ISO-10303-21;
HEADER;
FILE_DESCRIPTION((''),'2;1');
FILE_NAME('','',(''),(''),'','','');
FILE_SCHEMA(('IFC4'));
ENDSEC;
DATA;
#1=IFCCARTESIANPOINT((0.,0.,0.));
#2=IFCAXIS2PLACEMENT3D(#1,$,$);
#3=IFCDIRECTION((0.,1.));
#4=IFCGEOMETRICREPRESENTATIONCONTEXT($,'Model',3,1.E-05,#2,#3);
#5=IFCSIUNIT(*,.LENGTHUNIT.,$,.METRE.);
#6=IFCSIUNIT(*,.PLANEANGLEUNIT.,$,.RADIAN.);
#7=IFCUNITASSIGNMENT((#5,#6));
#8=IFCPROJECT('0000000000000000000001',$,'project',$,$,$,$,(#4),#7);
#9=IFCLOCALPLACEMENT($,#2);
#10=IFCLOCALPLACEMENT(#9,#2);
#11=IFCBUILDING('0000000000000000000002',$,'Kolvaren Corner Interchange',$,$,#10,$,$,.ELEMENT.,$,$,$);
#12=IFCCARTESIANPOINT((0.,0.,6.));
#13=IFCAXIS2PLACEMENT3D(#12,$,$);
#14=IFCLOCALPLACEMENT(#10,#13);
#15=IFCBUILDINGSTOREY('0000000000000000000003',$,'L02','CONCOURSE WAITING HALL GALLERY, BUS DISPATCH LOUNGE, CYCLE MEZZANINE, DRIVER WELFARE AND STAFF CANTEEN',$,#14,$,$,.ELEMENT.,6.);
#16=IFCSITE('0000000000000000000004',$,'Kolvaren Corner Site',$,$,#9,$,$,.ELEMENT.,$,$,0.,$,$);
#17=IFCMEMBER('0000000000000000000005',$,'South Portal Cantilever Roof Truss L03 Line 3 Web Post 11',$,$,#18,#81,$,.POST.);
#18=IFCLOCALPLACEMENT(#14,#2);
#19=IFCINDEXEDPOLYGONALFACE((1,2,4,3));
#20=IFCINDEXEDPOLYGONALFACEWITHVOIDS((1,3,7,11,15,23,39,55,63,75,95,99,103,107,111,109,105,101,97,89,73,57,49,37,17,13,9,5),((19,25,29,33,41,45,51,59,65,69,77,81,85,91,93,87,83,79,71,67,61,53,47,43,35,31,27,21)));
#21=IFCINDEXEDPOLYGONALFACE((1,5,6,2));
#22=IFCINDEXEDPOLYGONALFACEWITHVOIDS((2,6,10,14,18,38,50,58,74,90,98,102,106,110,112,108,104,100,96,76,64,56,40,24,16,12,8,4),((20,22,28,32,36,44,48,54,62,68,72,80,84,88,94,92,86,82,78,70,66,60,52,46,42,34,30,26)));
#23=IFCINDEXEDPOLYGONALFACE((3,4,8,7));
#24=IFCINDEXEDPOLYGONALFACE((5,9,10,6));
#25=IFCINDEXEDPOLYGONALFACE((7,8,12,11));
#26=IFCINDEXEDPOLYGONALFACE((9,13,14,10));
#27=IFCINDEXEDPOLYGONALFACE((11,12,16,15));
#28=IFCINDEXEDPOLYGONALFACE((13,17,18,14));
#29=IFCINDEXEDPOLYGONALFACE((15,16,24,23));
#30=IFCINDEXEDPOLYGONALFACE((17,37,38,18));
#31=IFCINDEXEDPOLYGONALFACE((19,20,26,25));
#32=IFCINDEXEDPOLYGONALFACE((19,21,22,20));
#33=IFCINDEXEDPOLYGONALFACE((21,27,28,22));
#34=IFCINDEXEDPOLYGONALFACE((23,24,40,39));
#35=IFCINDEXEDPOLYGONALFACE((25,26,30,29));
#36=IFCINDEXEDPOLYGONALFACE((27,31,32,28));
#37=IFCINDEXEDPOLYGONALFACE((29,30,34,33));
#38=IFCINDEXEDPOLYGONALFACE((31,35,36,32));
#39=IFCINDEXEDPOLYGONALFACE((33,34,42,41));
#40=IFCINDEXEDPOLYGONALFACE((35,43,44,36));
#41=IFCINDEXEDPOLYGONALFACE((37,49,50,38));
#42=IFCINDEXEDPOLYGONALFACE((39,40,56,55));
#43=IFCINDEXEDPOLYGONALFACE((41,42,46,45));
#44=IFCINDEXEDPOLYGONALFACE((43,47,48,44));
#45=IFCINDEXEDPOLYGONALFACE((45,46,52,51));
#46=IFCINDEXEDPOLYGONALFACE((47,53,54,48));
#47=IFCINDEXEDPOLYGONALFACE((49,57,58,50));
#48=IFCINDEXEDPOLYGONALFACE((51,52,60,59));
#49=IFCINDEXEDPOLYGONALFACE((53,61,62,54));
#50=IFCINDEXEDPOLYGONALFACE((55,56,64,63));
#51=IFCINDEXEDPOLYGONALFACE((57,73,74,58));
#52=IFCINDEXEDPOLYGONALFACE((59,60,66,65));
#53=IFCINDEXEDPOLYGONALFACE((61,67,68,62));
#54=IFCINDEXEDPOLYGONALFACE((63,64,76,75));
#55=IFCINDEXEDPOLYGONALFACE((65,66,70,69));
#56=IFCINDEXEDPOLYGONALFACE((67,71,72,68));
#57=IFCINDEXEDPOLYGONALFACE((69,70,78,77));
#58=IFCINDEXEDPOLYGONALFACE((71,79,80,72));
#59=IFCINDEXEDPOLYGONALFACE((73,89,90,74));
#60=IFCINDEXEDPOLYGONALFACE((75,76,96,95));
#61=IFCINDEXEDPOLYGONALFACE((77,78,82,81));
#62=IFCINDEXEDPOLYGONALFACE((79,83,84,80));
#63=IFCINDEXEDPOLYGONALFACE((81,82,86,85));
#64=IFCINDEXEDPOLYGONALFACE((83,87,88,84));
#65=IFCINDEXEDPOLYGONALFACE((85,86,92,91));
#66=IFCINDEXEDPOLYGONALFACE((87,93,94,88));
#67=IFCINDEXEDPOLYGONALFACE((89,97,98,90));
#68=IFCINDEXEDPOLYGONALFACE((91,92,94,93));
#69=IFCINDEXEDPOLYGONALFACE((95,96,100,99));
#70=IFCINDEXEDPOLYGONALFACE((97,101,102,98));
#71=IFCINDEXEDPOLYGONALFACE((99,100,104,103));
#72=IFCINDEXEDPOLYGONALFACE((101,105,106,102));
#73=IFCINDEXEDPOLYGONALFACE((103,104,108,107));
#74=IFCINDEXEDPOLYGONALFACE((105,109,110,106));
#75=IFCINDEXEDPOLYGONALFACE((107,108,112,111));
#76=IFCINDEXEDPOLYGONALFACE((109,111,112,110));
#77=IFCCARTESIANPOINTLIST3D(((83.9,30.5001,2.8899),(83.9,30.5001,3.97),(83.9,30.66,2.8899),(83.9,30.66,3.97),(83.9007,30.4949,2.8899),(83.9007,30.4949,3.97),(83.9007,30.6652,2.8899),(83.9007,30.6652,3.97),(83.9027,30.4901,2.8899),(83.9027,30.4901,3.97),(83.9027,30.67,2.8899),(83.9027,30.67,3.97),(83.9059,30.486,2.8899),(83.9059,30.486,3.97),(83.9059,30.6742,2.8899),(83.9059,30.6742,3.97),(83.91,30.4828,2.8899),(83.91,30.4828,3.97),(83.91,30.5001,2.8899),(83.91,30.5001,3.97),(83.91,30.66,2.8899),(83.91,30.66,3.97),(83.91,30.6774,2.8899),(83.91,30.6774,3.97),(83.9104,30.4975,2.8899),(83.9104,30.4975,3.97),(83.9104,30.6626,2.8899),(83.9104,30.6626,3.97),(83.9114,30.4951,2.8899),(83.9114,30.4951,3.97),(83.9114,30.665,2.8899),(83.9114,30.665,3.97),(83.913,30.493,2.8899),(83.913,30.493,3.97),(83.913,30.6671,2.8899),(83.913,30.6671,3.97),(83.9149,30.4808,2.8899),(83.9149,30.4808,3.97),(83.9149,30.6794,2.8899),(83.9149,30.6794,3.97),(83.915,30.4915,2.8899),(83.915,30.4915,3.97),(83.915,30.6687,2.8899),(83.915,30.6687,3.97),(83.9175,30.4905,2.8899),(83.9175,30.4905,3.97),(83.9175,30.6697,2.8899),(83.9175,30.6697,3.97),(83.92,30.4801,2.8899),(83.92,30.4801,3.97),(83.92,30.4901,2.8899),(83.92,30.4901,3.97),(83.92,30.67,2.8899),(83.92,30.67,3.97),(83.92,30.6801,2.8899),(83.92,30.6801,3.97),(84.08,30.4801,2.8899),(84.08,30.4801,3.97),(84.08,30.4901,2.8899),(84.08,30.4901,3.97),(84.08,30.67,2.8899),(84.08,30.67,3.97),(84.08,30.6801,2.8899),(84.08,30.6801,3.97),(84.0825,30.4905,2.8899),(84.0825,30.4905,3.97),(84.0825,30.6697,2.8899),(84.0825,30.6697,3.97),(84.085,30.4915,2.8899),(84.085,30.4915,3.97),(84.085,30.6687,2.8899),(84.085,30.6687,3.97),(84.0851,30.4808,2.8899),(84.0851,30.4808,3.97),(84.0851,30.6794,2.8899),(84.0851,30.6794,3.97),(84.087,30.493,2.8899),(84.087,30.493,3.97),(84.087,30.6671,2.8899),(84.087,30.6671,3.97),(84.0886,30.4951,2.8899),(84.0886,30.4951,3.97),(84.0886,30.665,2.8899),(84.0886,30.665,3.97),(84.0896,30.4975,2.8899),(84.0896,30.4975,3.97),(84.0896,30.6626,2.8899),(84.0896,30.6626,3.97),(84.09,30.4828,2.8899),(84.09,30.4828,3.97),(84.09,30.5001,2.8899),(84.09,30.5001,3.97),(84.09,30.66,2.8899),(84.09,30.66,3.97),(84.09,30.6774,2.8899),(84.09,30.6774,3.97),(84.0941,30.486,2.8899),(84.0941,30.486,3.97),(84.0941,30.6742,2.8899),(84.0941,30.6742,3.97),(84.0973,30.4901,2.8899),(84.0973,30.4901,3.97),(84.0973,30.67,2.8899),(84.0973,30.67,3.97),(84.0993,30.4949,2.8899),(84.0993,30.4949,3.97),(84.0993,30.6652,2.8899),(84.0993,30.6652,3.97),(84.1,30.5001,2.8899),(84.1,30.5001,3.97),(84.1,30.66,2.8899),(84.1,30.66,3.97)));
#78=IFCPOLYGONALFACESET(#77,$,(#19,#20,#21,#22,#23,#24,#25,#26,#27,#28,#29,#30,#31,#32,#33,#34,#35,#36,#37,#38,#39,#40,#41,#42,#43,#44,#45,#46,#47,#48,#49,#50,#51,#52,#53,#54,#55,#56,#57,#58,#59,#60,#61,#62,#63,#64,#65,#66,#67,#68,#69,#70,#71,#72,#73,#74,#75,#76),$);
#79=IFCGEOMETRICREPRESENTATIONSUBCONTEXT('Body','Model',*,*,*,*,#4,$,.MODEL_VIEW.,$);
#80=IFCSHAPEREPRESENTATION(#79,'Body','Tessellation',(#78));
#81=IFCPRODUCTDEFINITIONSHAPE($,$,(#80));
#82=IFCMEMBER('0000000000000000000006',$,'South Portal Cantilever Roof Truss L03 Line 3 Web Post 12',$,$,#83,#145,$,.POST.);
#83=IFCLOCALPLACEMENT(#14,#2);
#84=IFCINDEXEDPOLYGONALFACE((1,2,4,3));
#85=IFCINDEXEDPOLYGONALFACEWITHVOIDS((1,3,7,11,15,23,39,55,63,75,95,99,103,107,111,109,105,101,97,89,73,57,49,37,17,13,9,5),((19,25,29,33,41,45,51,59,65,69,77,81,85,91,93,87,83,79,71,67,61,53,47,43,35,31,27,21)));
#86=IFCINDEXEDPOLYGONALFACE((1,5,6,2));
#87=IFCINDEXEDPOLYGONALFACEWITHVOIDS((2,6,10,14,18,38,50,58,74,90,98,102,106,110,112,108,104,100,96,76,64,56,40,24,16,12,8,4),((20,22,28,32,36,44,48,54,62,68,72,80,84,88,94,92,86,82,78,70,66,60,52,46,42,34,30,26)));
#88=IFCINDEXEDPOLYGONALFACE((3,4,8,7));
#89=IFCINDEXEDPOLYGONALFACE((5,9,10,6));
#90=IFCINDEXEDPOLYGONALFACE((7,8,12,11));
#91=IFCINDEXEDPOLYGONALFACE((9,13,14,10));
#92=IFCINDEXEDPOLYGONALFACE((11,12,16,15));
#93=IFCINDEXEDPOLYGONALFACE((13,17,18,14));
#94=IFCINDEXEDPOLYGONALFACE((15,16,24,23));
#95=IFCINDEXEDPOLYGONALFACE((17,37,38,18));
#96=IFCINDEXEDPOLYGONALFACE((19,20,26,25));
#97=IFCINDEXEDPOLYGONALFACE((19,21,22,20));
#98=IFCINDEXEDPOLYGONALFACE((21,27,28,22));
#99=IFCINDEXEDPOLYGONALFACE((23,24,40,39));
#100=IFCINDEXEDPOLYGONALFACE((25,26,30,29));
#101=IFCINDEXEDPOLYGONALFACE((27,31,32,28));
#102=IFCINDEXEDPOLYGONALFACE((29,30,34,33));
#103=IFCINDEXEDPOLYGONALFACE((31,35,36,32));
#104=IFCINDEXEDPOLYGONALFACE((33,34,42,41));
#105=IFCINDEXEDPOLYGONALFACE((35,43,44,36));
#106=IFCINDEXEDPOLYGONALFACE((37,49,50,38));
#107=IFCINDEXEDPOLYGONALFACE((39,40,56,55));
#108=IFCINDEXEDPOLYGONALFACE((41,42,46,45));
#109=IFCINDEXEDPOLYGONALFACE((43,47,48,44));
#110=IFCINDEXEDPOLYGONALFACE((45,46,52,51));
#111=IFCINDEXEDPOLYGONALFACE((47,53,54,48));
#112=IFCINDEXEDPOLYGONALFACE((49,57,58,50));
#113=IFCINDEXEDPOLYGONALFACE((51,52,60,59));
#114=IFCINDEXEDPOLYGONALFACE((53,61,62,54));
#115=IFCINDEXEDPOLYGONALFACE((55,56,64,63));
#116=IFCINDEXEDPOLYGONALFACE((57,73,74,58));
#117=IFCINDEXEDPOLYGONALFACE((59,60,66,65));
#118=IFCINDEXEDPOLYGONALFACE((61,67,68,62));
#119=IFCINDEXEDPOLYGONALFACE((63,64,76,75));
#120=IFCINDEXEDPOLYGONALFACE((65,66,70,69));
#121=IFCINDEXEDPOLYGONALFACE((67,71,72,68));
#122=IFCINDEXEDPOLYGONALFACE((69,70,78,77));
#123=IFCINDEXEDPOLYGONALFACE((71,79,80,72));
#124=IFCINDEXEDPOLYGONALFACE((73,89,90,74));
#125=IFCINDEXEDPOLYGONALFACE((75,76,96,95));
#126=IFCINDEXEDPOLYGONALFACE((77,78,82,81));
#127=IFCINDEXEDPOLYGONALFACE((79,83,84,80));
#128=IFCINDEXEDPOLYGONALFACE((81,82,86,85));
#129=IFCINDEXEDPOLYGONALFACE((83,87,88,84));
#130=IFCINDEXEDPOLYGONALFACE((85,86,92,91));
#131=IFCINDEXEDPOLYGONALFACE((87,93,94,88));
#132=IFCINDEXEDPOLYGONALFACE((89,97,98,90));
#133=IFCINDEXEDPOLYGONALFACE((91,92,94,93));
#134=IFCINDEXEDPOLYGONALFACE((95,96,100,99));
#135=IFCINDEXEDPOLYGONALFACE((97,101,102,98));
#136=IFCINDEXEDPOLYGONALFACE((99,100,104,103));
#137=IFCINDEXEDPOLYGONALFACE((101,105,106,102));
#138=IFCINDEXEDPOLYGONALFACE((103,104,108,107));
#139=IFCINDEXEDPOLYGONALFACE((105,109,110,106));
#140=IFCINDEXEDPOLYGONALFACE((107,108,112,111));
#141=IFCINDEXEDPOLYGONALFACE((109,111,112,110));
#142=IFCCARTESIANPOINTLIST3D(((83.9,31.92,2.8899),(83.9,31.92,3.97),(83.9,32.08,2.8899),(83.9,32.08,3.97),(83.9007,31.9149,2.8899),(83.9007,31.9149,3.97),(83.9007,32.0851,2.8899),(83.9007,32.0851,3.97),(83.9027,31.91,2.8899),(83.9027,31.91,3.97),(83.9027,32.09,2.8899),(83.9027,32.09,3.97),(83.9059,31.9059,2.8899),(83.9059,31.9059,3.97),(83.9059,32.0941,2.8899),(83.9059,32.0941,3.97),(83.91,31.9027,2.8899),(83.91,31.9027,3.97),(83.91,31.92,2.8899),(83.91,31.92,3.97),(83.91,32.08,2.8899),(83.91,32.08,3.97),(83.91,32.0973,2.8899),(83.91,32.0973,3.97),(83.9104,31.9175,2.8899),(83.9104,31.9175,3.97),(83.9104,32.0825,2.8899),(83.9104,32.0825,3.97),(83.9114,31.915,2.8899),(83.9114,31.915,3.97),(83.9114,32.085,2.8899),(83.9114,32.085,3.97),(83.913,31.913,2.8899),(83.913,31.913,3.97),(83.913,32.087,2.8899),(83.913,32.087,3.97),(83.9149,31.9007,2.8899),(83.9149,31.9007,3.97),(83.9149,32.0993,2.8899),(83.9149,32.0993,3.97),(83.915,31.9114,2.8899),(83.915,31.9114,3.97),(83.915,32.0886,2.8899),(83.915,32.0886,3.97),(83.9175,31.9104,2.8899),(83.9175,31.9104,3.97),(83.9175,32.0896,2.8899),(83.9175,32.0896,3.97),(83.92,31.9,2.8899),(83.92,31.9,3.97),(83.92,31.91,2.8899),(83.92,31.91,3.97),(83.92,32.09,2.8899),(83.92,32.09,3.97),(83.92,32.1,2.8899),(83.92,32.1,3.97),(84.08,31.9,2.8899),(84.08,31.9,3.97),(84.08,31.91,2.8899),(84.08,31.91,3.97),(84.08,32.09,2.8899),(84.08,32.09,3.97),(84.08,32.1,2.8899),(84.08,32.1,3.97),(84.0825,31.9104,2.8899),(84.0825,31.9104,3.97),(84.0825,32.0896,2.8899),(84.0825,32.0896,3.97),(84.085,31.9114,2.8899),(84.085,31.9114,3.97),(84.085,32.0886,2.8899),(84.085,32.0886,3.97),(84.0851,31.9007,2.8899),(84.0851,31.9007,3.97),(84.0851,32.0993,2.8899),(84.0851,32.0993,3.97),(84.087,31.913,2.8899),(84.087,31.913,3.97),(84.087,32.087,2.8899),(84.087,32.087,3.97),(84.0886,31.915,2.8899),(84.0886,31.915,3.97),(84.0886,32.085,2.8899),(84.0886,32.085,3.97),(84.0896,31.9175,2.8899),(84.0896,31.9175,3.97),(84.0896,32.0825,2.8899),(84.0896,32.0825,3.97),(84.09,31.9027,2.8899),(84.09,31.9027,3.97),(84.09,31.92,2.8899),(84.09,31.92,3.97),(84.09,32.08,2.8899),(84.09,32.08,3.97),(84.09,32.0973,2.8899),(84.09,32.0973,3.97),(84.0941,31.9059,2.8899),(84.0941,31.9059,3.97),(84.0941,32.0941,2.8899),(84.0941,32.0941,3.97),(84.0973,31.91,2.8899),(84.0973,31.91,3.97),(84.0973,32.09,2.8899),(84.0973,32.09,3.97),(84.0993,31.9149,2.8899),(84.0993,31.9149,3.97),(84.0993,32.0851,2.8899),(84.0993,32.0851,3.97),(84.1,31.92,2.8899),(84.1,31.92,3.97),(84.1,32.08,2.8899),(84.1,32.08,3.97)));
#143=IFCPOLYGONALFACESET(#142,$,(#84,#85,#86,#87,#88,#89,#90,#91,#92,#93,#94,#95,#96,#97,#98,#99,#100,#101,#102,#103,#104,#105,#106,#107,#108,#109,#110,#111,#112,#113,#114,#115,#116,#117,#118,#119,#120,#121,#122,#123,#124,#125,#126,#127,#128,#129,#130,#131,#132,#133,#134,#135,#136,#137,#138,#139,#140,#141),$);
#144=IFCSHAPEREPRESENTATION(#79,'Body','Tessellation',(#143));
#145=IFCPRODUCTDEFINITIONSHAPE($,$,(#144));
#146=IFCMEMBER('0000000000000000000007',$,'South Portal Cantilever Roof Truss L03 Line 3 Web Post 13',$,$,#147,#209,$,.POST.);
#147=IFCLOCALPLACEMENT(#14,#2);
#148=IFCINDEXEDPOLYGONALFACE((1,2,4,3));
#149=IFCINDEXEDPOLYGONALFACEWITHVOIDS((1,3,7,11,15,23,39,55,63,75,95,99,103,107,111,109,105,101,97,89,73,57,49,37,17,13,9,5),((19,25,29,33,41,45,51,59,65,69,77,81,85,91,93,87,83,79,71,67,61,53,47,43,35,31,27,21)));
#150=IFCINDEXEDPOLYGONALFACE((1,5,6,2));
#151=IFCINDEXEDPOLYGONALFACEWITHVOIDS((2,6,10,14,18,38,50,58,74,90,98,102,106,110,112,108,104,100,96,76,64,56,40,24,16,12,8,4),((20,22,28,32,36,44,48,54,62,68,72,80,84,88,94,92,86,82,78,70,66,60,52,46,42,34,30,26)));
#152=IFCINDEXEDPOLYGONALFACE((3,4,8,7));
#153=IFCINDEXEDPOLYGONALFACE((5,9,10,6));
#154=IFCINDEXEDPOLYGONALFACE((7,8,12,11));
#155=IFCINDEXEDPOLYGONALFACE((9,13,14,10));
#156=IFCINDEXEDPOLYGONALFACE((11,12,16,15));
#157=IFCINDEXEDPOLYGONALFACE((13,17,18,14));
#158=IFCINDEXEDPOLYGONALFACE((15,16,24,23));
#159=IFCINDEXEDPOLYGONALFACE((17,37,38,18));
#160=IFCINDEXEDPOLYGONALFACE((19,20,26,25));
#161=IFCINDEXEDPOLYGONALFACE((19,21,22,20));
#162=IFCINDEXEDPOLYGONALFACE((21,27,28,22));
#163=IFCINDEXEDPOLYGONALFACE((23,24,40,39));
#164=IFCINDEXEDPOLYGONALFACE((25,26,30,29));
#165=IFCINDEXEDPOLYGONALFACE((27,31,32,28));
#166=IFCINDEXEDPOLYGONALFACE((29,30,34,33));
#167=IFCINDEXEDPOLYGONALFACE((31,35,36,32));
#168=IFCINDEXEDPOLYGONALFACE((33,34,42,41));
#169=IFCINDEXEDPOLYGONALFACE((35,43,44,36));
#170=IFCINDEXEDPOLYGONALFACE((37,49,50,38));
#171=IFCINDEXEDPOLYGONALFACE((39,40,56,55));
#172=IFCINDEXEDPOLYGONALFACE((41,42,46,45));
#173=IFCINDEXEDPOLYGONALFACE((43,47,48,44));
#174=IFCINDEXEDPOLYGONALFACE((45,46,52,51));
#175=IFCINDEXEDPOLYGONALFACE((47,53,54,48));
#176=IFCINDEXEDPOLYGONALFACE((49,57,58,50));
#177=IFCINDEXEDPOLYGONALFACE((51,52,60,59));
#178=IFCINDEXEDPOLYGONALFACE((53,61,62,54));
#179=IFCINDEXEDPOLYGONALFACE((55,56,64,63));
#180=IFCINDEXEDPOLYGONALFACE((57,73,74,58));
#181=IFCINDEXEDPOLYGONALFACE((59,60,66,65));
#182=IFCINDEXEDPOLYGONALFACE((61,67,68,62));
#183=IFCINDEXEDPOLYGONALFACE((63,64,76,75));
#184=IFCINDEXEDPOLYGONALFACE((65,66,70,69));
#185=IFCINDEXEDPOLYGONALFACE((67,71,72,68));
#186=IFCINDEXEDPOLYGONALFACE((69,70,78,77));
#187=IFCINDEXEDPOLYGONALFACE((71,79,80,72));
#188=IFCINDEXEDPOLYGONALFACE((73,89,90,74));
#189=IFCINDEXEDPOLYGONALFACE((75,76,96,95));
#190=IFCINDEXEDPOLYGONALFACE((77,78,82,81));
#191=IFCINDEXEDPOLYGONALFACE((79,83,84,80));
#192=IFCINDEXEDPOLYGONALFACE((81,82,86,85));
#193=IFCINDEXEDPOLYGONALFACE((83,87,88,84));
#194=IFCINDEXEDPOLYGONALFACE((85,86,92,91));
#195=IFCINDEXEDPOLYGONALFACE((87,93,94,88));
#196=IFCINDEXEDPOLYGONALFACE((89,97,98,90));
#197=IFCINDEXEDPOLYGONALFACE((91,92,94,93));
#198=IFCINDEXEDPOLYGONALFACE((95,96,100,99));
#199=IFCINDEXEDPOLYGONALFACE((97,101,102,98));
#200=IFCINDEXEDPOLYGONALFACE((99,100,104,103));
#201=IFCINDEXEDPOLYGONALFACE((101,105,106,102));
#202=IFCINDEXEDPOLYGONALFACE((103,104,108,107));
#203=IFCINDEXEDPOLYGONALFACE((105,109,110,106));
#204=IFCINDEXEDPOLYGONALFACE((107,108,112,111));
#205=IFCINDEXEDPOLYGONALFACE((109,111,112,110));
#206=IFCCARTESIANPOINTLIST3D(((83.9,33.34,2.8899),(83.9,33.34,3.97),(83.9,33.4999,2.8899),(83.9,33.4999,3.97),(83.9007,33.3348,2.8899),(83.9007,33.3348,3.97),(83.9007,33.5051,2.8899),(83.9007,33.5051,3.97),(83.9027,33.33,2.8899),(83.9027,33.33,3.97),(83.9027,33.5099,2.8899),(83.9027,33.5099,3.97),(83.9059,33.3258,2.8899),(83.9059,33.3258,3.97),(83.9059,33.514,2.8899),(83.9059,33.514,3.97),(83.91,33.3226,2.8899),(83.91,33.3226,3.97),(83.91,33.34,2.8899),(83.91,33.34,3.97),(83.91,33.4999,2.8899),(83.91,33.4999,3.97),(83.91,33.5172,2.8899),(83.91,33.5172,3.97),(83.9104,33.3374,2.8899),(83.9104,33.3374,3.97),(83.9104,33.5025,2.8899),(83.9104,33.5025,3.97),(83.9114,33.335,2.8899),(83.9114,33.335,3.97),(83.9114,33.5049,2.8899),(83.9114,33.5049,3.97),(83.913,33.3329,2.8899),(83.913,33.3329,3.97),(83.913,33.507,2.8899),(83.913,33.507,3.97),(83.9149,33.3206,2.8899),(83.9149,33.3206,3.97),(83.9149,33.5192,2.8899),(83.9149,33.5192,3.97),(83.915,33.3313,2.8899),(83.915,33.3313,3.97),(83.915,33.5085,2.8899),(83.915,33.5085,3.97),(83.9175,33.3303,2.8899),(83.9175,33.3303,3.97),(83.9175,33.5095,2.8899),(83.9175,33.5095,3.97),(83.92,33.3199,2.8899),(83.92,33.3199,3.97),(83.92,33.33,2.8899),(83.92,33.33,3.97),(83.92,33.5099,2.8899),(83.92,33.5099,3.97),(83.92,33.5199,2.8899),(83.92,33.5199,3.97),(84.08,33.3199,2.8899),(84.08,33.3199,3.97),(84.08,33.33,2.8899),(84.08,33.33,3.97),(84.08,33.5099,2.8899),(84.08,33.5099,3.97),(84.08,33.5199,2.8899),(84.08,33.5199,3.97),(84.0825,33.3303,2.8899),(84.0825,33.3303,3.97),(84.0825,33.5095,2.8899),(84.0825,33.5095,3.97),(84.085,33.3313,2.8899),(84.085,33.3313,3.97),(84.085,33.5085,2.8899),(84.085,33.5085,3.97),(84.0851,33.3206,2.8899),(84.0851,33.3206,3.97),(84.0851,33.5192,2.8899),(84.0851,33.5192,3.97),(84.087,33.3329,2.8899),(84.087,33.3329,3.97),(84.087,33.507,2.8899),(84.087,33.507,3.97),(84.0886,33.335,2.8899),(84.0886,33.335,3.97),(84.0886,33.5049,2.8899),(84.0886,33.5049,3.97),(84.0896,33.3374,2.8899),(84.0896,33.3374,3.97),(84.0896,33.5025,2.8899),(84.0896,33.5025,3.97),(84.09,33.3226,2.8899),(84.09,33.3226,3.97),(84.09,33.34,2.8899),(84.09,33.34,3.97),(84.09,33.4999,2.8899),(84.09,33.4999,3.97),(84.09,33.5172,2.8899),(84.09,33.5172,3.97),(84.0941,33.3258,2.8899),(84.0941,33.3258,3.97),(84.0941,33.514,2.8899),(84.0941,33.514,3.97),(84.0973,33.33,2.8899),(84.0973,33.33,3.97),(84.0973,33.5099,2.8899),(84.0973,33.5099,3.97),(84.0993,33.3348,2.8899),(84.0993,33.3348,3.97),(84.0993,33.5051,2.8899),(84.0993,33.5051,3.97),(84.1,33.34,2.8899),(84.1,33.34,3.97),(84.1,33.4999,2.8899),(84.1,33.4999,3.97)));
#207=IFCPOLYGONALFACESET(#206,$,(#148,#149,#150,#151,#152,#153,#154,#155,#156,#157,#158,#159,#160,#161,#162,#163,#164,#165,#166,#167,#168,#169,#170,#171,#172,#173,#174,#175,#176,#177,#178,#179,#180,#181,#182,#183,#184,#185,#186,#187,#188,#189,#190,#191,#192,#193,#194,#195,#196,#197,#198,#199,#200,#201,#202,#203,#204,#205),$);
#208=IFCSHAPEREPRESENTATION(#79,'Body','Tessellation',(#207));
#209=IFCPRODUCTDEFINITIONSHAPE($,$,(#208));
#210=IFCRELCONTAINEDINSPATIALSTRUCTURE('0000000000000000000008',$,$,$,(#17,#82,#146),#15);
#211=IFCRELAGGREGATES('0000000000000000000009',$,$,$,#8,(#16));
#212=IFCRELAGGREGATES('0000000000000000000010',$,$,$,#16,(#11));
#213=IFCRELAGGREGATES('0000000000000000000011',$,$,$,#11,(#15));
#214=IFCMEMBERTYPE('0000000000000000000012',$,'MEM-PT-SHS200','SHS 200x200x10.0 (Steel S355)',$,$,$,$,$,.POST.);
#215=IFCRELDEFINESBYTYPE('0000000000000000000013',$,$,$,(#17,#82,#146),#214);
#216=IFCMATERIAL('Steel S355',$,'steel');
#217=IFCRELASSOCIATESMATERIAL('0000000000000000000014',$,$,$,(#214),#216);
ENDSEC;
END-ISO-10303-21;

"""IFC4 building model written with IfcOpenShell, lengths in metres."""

from ifc_helpers import new_model, si_unit, direction, frame, origin, origin_2d, place, context, subcontext, project, spatial, hollow_rectangle, extrude, material, material_profile, profile_set, type_object, element, save


model = new_model("IFC4")

# Units and contexts
model_context = context("Model", 3, precision=1e-05, world=origin(), true_north=direction((0.0, 1.0)))
body_context = subcontext(model_context, "Body", "Model", "MODEL_VIEW")
ifc_project = project(units=[si_unit("LENGTHUNIT", "METRE"), si_unit("PLANEANGLEUNIT", "RADIAN")], contexts=[model_context])

# Site, building, storey
site_placement = place(None, origin())
site = spatial("IfcSite", under=ifc_project, at=site_placement, Name="Kolvaren Corner Site", CompositionType="ELEMENT", RefElevation=0.0)
building_placement = place(site_placement, origin())
building = spatial("IfcBuilding", under=site, at=building_placement, Name="Kolvaren Corner Interchange", CompositionType="ELEMENT")
storey_placement = place(building_placement, frame((0.0, 0.0, 6.0)))
storey = spatial("IfcBuildingStorey", under=building, at=storey_placement, Name="L02", Description="CONCOURSE WAITING HALL GALLERY, BUS DISPATCH LOUNGE, CYCLE MEZZANINE, DRIVER WELFARE AND STAFF CANTEEN", CompositionType="ELEMENT", Elevation=6.0)

# Members
ifc_material_1 = material(Name="Steel S355", Category="steel")
ifc_material_profile_1 = material_profile(ifc_material_1, hollow_rectangle(XDim=0.2, YDim=0.2, WallThickness=0.01, InnerFilletRadius=0.01, OuterFilletRadius=0.02, at=origin_2d()), Name="SHS 200x200x10.0")
ifc_profile_set_1 = profile_set([ifc_material_profile_1], Name="Steel S355")
member_type_1 = type_object("IfcMemberType", Name="MEM-PT-SHS200", Description="SHS 200x200x10.0 (Steel S355)", PredefinedType="POST", material=ifc_profile_set_1)
for number, where, z_axis, x_axis, name in (
    (1, (84.0, 30.5801, 2.8899), (0.0, 0.0, 1.0), (1.0, 0.0, 0.0), "South Portal Cantilever Roof Truss L03 Line 3 Web Post 11"),
    (2, (84.0, 32.0, 2.8899), (0.0, 0.0, 1.0), (1.0, 0.0, 0.0), "South Portal Cantilever Roof Truss L03 Line 3 Web Post 12"),
    (3, (84.0, 33.4199, 2.8899), (0.0, 0.0, 1.0), (1.0, 0.0, 0.0), "South Portal Cantilever Roof Truss L03 Line 3 Web Post 13"),
):
    element("IfcMember", number, at=place(storey_placement, frame(where, z_axis=z_axis, x_axis=x_axis)), inside=storey, type_object=member_type_1, Name=name, PredefinedType="POST", context=body_context, shape_type="SweptSolid", body=[
        extrude(hollow_rectangle(XDim=0.2, YDim=0.2, WallThickness=0.01, InnerFilletRadius=0.01, OuterFilletRadius=0.02, at=origin_2d()), origin(), (0.0, 0.0, 1.0), 1.0801),
    ])

save(model, "model.ifc")
